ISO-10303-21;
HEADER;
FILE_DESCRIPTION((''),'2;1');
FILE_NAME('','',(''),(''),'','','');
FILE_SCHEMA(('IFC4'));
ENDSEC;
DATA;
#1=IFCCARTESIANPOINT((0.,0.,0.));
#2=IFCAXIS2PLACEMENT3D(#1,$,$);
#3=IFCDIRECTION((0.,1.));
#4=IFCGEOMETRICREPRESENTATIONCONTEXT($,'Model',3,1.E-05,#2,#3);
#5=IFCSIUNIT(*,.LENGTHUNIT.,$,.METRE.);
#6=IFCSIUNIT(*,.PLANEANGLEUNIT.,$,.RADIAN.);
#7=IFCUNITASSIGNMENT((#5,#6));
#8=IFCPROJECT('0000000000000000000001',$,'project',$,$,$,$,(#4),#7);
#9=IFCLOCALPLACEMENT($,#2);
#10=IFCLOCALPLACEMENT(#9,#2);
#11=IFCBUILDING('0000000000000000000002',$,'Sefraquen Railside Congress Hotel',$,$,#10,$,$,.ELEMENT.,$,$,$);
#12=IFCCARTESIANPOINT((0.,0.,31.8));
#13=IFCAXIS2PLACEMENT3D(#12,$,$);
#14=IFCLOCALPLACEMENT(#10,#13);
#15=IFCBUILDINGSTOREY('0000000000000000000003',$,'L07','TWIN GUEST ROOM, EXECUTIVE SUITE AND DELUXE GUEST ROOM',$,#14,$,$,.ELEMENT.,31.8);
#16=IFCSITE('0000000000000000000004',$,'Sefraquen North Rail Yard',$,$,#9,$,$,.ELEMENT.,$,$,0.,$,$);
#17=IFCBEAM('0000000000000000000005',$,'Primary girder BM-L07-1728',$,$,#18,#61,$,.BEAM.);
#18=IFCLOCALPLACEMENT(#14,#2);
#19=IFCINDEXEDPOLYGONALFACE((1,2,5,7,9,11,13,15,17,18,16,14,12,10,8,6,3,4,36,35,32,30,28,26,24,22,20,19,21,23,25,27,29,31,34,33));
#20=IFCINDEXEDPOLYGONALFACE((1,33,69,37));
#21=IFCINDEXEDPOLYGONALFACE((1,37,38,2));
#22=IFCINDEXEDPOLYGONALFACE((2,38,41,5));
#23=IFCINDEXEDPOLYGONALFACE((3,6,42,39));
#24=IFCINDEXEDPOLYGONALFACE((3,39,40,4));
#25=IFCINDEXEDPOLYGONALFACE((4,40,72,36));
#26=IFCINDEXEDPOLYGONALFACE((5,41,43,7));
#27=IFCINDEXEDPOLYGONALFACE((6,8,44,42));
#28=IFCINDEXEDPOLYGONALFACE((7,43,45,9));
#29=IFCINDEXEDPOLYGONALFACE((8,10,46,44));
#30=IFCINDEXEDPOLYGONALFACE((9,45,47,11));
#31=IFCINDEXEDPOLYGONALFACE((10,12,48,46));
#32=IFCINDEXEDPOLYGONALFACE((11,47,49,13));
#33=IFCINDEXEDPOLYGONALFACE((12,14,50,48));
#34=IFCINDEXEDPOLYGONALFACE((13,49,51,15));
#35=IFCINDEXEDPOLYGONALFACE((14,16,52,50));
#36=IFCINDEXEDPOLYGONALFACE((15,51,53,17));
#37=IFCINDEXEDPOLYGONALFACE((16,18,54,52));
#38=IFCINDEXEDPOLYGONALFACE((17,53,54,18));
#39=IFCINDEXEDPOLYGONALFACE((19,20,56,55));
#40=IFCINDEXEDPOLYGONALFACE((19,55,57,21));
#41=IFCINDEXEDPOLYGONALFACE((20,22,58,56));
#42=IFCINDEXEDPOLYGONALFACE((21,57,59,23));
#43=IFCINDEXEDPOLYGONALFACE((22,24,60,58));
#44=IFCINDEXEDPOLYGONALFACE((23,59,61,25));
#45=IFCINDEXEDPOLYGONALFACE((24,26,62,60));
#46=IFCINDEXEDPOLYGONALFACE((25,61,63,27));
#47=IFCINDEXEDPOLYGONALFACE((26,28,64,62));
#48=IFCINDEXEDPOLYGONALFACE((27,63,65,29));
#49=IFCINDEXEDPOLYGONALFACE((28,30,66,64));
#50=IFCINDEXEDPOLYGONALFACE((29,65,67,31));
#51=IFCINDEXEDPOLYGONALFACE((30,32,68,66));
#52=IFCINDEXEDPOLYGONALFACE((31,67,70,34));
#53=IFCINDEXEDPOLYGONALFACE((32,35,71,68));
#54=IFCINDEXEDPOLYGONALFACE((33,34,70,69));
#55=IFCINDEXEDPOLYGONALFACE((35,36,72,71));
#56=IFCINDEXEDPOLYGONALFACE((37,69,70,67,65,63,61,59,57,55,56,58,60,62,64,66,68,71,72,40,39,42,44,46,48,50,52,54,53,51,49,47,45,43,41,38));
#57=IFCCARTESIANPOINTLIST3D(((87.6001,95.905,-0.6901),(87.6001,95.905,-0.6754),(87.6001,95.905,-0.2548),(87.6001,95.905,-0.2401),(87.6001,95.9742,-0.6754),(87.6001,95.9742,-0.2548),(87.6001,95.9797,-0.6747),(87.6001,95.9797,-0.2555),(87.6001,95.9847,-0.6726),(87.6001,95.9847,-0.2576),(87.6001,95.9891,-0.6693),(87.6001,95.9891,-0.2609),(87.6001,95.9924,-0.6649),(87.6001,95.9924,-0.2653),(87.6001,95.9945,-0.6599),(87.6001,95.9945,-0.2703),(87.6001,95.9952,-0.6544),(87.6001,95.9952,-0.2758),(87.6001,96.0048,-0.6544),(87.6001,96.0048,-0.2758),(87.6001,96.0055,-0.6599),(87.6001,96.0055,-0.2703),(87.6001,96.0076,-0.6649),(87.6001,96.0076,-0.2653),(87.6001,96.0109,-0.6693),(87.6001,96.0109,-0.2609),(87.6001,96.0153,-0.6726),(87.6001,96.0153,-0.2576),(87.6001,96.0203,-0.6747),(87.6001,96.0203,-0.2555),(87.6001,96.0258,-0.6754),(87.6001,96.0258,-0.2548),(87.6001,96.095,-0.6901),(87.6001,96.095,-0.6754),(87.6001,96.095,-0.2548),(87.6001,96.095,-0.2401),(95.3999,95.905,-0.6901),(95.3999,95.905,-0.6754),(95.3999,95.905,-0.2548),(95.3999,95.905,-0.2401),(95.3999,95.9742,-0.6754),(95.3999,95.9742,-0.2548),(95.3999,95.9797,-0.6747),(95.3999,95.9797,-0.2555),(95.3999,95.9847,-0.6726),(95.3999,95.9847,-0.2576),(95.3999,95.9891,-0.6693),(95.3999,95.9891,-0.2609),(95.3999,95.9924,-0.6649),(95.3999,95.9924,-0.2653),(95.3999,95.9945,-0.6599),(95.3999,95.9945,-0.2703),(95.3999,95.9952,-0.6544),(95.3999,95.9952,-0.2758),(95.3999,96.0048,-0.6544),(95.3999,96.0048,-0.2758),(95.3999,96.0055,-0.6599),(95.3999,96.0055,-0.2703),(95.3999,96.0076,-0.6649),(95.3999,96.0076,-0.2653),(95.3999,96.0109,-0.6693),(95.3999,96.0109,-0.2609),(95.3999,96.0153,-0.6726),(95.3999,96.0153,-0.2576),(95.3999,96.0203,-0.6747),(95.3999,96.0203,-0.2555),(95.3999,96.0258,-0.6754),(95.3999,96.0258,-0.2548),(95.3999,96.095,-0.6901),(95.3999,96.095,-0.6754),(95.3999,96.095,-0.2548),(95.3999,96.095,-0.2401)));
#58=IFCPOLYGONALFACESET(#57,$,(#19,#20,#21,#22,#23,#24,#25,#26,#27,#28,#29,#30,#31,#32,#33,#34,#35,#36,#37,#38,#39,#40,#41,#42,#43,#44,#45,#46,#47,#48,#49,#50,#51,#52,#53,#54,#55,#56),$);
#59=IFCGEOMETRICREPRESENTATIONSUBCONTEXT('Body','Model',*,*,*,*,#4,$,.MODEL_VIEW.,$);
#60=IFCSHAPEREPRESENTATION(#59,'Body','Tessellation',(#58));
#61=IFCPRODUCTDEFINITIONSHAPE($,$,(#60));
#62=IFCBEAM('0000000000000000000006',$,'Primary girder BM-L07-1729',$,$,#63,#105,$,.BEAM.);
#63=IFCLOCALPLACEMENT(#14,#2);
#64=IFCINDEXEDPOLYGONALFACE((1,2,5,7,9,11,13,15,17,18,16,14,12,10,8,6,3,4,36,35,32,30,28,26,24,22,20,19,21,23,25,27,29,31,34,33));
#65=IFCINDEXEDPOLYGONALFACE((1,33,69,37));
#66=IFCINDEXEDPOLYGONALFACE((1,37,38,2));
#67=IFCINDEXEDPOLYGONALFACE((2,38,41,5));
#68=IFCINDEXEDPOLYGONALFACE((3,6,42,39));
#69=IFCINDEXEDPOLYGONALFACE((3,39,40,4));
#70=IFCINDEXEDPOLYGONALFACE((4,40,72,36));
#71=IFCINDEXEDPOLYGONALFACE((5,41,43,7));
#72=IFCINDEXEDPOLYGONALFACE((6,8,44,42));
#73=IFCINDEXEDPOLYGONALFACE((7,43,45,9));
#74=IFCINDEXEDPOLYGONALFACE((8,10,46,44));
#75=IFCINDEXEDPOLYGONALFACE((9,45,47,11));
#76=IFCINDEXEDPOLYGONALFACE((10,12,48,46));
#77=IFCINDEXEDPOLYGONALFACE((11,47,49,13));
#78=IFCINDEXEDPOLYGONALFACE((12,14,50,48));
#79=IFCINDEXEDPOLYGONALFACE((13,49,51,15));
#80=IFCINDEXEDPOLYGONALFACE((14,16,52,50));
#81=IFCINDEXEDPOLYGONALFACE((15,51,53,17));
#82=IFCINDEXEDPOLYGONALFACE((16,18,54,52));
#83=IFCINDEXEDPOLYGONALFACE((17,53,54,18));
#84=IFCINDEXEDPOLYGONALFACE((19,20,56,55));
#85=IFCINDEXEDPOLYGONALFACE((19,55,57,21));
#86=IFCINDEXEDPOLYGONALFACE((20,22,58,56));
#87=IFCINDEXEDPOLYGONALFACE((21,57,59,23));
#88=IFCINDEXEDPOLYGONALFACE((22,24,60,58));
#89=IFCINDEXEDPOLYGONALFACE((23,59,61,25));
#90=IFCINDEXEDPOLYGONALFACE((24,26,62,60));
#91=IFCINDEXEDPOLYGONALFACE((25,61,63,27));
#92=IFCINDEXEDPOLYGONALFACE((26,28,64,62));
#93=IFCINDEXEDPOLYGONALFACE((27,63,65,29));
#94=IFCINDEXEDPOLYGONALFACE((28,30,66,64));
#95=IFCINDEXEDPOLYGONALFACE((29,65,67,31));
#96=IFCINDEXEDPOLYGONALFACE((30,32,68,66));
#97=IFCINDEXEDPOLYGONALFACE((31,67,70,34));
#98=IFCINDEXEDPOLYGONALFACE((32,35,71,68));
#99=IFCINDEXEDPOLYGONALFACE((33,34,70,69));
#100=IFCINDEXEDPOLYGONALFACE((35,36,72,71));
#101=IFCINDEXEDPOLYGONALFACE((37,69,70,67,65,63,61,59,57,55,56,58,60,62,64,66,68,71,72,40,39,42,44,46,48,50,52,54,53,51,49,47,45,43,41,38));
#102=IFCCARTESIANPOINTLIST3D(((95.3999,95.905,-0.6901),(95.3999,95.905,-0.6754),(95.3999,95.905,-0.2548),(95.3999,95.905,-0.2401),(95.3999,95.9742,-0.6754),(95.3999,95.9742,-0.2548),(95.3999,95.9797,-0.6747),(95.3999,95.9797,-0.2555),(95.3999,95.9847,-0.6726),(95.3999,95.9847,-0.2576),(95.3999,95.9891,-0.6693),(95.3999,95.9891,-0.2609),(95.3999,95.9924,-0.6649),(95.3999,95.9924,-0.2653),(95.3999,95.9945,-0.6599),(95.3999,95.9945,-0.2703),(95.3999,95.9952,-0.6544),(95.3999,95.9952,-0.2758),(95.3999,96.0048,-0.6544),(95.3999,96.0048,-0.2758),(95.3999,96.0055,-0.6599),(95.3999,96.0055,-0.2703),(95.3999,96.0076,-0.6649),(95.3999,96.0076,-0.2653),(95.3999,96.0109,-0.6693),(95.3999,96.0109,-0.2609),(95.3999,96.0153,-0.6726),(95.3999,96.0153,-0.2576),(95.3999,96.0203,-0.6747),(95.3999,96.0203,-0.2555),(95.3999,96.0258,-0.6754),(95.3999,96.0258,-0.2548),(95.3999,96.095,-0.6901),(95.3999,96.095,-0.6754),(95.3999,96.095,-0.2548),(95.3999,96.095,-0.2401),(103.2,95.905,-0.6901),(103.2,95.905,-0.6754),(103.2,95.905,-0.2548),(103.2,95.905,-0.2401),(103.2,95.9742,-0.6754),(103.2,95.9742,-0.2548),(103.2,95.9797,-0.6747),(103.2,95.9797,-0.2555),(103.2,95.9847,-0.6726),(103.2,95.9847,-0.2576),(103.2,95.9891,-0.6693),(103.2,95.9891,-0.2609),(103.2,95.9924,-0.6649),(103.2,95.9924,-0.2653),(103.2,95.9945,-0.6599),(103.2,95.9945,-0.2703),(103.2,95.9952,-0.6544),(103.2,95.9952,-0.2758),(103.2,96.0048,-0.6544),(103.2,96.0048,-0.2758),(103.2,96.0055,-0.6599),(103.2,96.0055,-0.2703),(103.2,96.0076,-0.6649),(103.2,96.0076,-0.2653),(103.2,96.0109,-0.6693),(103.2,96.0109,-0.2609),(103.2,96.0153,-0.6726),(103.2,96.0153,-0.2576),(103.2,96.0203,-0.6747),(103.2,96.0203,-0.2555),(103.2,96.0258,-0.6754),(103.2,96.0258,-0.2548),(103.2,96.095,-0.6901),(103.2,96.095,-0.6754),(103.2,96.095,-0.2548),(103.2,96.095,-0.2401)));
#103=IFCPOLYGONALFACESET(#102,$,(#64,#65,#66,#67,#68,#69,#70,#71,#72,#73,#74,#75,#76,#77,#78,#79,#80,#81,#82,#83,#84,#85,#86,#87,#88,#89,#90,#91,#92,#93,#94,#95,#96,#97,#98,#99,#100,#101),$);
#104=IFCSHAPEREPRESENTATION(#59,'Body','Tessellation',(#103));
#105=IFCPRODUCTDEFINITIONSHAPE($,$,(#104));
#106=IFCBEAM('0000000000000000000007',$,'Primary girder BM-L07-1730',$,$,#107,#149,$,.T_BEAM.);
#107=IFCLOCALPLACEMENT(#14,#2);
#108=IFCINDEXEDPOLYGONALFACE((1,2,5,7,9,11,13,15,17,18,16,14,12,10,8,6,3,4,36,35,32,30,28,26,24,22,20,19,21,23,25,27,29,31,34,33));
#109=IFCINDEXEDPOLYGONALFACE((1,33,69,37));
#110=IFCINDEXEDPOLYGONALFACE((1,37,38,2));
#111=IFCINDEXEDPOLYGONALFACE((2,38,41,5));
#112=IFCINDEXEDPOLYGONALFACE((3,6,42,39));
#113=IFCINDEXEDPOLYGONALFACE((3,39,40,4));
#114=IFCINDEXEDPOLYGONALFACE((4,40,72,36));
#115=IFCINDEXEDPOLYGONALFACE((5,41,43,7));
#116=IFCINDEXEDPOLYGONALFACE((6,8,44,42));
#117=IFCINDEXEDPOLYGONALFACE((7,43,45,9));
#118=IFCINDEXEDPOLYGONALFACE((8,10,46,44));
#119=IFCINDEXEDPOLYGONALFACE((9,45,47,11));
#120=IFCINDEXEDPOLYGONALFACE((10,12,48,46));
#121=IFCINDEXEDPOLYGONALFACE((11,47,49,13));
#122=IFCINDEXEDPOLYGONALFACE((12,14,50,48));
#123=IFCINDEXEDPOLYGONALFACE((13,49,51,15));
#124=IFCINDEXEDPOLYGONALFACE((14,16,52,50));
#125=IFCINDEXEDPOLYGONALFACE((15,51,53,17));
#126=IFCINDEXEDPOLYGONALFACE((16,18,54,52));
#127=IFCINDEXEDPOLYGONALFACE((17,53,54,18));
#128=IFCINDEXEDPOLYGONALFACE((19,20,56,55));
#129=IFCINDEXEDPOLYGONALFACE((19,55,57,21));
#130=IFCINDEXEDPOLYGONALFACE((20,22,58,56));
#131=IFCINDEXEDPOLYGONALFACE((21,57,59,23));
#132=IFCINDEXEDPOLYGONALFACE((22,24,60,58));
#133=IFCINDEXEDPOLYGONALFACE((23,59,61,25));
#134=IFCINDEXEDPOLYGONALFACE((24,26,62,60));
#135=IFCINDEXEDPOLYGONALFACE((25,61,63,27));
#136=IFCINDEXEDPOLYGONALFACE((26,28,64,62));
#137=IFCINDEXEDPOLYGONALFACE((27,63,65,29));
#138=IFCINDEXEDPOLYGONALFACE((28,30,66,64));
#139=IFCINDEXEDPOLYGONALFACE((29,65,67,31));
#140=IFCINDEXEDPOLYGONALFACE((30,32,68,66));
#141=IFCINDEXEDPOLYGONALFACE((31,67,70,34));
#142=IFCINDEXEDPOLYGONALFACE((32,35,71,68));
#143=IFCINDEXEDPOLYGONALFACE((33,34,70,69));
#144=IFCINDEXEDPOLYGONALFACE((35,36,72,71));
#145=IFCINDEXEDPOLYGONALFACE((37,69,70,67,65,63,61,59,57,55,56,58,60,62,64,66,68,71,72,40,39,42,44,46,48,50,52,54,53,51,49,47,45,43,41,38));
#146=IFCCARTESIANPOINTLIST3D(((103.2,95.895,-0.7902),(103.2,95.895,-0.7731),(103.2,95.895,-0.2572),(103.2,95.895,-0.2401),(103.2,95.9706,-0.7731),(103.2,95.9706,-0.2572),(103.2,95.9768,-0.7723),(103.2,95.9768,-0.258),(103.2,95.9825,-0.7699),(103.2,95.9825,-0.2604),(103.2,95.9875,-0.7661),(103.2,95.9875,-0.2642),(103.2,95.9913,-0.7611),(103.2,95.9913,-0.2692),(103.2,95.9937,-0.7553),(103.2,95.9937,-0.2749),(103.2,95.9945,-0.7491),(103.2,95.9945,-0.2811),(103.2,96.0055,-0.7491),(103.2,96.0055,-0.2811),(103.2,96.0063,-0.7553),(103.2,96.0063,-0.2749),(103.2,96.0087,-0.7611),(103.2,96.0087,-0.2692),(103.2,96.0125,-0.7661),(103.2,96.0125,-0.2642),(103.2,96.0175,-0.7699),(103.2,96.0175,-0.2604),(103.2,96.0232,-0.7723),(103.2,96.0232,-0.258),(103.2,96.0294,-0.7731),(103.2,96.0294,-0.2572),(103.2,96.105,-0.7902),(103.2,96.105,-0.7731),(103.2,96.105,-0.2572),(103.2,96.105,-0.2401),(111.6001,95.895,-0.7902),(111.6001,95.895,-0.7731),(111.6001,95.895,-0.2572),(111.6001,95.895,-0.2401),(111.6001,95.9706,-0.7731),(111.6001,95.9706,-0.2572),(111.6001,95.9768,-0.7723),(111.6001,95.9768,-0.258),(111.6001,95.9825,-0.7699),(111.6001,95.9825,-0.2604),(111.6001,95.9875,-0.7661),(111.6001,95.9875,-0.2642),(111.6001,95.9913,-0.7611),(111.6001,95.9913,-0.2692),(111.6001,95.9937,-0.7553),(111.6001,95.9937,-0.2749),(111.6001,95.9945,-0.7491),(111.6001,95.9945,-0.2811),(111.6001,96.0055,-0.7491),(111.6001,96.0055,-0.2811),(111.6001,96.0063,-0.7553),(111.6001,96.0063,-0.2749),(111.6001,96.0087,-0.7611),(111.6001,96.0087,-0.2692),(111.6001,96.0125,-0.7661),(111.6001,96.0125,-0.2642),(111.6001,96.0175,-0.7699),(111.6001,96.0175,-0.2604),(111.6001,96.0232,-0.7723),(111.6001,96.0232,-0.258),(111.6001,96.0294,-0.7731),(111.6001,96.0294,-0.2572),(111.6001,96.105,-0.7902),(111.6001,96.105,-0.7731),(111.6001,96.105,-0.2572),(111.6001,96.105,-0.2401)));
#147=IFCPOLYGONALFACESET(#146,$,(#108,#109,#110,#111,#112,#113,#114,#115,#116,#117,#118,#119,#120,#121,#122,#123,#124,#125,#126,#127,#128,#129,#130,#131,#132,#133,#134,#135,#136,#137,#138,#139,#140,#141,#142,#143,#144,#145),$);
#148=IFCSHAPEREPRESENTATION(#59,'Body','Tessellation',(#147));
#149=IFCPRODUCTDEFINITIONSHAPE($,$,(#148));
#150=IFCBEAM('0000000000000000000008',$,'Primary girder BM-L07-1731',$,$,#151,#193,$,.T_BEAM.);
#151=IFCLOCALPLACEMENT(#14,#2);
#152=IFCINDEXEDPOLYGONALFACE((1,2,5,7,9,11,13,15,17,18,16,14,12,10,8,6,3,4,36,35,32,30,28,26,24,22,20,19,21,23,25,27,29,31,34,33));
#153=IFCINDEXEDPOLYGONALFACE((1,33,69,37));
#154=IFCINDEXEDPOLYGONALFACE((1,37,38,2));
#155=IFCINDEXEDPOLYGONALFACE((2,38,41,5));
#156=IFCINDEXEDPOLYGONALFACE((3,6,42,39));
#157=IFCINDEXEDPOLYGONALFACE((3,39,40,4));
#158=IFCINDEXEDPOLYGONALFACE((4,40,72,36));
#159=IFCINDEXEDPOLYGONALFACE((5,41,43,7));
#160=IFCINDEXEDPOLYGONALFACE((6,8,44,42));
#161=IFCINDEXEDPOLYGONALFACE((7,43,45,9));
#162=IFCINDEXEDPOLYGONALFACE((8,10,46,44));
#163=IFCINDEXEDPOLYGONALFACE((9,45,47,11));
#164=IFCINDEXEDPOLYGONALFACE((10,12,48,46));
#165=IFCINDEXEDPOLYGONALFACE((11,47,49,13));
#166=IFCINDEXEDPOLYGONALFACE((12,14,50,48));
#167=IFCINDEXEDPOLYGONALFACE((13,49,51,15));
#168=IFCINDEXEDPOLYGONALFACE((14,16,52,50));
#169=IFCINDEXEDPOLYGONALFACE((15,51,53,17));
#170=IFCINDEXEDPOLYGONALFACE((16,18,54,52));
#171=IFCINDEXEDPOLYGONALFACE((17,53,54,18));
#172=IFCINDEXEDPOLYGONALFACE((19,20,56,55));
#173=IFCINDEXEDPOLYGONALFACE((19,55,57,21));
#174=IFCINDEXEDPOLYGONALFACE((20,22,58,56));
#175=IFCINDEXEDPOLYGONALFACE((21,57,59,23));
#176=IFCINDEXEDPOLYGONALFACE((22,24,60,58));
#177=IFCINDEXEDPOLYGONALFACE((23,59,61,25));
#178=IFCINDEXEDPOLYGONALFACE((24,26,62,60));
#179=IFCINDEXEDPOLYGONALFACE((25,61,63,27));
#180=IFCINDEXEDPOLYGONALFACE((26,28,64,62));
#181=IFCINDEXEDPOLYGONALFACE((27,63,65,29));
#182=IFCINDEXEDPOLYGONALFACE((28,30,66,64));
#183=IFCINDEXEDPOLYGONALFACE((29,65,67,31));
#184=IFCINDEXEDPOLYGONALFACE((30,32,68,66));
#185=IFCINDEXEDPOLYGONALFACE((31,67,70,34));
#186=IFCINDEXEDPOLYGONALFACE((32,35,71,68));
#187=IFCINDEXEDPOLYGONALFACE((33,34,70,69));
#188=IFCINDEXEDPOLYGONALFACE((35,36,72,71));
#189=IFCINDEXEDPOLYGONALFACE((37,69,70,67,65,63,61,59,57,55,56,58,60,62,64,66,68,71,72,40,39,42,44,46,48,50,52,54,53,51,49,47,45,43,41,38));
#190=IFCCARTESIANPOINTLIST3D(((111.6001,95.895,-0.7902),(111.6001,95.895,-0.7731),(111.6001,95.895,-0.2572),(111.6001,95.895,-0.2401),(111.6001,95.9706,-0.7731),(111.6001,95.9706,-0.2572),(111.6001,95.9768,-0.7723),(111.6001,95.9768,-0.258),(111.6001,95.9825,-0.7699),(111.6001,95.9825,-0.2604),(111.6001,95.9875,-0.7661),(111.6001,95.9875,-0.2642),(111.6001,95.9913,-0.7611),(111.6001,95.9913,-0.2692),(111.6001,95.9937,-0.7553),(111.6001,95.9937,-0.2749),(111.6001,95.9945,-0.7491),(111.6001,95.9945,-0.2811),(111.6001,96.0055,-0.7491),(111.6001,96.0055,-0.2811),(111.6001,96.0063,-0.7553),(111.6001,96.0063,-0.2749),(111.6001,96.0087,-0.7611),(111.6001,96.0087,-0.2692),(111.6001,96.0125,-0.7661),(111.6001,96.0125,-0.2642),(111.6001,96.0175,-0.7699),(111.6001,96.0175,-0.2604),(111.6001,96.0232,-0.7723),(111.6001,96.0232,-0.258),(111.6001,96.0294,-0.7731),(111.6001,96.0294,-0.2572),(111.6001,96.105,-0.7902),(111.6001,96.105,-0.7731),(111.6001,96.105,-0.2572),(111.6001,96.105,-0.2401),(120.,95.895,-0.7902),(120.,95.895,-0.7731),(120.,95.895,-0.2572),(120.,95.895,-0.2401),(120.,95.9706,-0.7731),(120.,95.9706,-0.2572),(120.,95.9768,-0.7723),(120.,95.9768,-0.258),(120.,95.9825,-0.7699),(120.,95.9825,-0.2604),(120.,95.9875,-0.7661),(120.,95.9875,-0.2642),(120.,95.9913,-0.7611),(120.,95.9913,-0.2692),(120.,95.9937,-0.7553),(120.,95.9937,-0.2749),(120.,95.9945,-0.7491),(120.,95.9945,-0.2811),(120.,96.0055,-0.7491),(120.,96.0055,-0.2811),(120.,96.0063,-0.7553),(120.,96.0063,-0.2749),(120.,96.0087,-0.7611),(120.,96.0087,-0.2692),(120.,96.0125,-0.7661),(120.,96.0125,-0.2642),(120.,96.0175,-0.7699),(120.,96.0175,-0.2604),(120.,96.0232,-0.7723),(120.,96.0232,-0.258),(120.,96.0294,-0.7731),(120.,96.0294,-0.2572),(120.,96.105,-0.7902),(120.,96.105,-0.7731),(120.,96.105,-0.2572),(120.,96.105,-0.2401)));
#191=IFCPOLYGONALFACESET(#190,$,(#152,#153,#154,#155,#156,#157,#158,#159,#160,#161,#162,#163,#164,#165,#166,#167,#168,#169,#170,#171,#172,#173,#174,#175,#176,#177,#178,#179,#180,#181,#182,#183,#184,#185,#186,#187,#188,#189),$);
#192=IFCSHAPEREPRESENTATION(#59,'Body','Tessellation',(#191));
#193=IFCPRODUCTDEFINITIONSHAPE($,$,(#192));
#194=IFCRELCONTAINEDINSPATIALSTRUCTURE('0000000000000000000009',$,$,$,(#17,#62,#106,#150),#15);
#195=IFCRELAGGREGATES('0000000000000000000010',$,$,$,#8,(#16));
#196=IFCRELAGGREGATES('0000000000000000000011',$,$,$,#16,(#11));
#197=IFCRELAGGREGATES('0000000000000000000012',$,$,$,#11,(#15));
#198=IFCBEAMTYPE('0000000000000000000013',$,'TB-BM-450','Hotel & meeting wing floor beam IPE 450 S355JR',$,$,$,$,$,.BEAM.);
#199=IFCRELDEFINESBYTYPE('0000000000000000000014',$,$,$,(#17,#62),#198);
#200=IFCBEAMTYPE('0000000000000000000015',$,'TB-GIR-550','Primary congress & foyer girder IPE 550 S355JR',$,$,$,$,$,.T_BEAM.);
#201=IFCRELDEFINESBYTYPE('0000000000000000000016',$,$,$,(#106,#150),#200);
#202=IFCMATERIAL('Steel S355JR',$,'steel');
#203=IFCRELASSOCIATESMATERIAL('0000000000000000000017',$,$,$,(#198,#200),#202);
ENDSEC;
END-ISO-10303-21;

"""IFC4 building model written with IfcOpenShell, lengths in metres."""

from ifc_helpers import new_model, si_unit, direction, frame, origin, origin_2d, place, context, subcontext, project, spatial, i_section, extrude, material, material_profile, profile_set, type_object, element, save


model = new_model("IFC4")

# Units and contexts
model_context = context("Model", 3, precision=1e-05, world=origin(), true_north=direction((0.0, 1.0)))
body_context = subcontext(model_context, "Body", "Model", "MODEL_VIEW")
ifc_project = project(units=[si_unit("LENGTHUNIT", "METRE"), si_unit("PLANEANGLEUNIT", "RADIAN")], contexts=[model_context])

# Site, building, storey
site_placement = place(None, origin())
site = spatial("IfcSite", under=ifc_project, at=site_placement, Name="Sefraquen North Rail Yard", CompositionType="ELEMENT", RefElevation=0.0)
building_placement = place(site_placement, origin())
building = spatial("IfcBuilding", under=site, at=building_placement, Name="Sefraquen Railside Congress Hotel", CompositionType="ELEMENT")
storey_placement = place(building_placement, frame((0.0, 0.0, 31.8)))
storey = spatial("IfcBuildingStorey", under=building, at=storey_placement, Name="L07", Description="TWIN GUEST ROOM, EXECUTIVE SUITE AND DELUXE GUEST ROOM", CompositionType="ELEMENT", Elevation=31.8)

# Shared definitions
ifc_material_1 = material(Name="Steel S355JR", Category="steel")

# Beams
ifc_material_profile_1 = material_profile(ifc_material_1, i_section(OverallWidth=0.1899, OverallDepth=0.45, WebThickness=0.0095, FlangeThickness=0.0146, FilletRadius=0.021, at=origin_2d()), Name="IPE 450")
ifc_profile_set_1 = profile_set([ifc_material_profile_1], Name="Steel S355JR")
beam_type_1 = type_object("IfcBeamType", Name="TB-BM-450", Description="Hotel & meeting wing floor beam IPE 450 S355JR", PredefinedType="BEAM", material=ifc_profile_set_1)
beam_1_placement = place(storey_placement, frame((87.6001, 96.0, -0.4651), z_axis=(1.0, 0.0, 0.0), x_axis=(0.0, 1.0, 0.0)))
element("IfcBeam", 1, at=beam_1_placement, inside=storey, type_object=beam_type_1, Name="Primary girder BM-L07-1728", PredefinedType="BEAM", context=body_context, shape_type="SweptSolid", body=[
    extrude(i_section(OverallWidth=0.1899, OverallDepth=0.45, WebThickness=0.0095, FlangeThickness=0.0146, FilletRadius=0.021, at=origin_2d()), origin(), (0.0, 0.0, 1.0), 7.7998),
])
beam_2_placement = place(storey_placement, frame((95.3999, 96.0, -0.4651), z_axis=(1.0, 0.0, 0.0), x_axis=(0.0, 1.0, 0.0)))
element("IfcBeam", 2, at=beam_2_placement, inside=storey, type_object=beam_type_1, Name="Primary girder BM-L07-1729", PredefinedType="BEAM", context=body_context, shape_type="SweptSolid", body=[
    extrude(i_section(OverallWidth=0.1899, OverallDepth=0.45, WebThickness=0.0095, FlangeThickness=0.0146, FilletRadius=0.021, at=origin_2d()), origin(), (0.0, 0.0, 1.0), 7.8),
])
ifc_material_profile_2 = material_profile(ifc_material_1, i_section(OverallWidth=0.21, OverallDepth=0.55, WebThickness=0.011, FlangeThickness=0.0171, FilletRadius=0.0239, at=origin_2d()), Name="IPE 550")
ifc_profile_set_2 = profile_set([ifc_material_profile_2], Name="Steel S355JR")
beam_type_2 = type_object("IfcBeamType", Name="TB-GIR-550", Description="Primary congress & foyer girder IPE 550 S355JR", PredefinedType="T_BEAM", material=ifc_profile_set_2)
beam_3_placement = place(storey_placement, frame((103.2, 96.0, -0.5151), z_axis=(1.0, 0.0, 0.0), x_axis=(0.0, 1.0, 0.0)))
element("IfcBeam", 3, at=beam_3_placement, inside=storey, type_object=beam_type_2, Name="Primary girder BM-L07-1730", PredefinedType="T_BEAM", context=body_context, shape_type="SweptSolid", body=[
    extrude(i_section(OverallWidth=0.21, OverallDepth=0.55, WebThickness=0.011, FlangeThickness=0.0171, FilletRadius=0.0239, at=origin_2d()), origin(), (0.0, 0.0, 1.0), 8.4001),
])
beam_4_placement = place(storey_placement, frame((111.6001, 96.0, -0.5151), z_axis=(1.0, 0.0, 0.0), x_axis=(0.0, 1.0, 0.0)))
element("IfcBeam", 4, at=beam_4_placement, inside=storey, type_object=beam_type_2, Name="Primary girder BM-L07-1731", PredefinedType="T_BEAM", context=body_context, shape_type="SweptSolid", body=[
    extrude(i_section(OverallWidth=0.21, OverallDepth=0.55, WebThickness=0.011, FlangeThickness=0.0171, FilletRadius=0.0239, at=origin_2d()), origin(), (0.0, 0.0, 1.0), 8.3999),
])

save(model, "model.ifc")
